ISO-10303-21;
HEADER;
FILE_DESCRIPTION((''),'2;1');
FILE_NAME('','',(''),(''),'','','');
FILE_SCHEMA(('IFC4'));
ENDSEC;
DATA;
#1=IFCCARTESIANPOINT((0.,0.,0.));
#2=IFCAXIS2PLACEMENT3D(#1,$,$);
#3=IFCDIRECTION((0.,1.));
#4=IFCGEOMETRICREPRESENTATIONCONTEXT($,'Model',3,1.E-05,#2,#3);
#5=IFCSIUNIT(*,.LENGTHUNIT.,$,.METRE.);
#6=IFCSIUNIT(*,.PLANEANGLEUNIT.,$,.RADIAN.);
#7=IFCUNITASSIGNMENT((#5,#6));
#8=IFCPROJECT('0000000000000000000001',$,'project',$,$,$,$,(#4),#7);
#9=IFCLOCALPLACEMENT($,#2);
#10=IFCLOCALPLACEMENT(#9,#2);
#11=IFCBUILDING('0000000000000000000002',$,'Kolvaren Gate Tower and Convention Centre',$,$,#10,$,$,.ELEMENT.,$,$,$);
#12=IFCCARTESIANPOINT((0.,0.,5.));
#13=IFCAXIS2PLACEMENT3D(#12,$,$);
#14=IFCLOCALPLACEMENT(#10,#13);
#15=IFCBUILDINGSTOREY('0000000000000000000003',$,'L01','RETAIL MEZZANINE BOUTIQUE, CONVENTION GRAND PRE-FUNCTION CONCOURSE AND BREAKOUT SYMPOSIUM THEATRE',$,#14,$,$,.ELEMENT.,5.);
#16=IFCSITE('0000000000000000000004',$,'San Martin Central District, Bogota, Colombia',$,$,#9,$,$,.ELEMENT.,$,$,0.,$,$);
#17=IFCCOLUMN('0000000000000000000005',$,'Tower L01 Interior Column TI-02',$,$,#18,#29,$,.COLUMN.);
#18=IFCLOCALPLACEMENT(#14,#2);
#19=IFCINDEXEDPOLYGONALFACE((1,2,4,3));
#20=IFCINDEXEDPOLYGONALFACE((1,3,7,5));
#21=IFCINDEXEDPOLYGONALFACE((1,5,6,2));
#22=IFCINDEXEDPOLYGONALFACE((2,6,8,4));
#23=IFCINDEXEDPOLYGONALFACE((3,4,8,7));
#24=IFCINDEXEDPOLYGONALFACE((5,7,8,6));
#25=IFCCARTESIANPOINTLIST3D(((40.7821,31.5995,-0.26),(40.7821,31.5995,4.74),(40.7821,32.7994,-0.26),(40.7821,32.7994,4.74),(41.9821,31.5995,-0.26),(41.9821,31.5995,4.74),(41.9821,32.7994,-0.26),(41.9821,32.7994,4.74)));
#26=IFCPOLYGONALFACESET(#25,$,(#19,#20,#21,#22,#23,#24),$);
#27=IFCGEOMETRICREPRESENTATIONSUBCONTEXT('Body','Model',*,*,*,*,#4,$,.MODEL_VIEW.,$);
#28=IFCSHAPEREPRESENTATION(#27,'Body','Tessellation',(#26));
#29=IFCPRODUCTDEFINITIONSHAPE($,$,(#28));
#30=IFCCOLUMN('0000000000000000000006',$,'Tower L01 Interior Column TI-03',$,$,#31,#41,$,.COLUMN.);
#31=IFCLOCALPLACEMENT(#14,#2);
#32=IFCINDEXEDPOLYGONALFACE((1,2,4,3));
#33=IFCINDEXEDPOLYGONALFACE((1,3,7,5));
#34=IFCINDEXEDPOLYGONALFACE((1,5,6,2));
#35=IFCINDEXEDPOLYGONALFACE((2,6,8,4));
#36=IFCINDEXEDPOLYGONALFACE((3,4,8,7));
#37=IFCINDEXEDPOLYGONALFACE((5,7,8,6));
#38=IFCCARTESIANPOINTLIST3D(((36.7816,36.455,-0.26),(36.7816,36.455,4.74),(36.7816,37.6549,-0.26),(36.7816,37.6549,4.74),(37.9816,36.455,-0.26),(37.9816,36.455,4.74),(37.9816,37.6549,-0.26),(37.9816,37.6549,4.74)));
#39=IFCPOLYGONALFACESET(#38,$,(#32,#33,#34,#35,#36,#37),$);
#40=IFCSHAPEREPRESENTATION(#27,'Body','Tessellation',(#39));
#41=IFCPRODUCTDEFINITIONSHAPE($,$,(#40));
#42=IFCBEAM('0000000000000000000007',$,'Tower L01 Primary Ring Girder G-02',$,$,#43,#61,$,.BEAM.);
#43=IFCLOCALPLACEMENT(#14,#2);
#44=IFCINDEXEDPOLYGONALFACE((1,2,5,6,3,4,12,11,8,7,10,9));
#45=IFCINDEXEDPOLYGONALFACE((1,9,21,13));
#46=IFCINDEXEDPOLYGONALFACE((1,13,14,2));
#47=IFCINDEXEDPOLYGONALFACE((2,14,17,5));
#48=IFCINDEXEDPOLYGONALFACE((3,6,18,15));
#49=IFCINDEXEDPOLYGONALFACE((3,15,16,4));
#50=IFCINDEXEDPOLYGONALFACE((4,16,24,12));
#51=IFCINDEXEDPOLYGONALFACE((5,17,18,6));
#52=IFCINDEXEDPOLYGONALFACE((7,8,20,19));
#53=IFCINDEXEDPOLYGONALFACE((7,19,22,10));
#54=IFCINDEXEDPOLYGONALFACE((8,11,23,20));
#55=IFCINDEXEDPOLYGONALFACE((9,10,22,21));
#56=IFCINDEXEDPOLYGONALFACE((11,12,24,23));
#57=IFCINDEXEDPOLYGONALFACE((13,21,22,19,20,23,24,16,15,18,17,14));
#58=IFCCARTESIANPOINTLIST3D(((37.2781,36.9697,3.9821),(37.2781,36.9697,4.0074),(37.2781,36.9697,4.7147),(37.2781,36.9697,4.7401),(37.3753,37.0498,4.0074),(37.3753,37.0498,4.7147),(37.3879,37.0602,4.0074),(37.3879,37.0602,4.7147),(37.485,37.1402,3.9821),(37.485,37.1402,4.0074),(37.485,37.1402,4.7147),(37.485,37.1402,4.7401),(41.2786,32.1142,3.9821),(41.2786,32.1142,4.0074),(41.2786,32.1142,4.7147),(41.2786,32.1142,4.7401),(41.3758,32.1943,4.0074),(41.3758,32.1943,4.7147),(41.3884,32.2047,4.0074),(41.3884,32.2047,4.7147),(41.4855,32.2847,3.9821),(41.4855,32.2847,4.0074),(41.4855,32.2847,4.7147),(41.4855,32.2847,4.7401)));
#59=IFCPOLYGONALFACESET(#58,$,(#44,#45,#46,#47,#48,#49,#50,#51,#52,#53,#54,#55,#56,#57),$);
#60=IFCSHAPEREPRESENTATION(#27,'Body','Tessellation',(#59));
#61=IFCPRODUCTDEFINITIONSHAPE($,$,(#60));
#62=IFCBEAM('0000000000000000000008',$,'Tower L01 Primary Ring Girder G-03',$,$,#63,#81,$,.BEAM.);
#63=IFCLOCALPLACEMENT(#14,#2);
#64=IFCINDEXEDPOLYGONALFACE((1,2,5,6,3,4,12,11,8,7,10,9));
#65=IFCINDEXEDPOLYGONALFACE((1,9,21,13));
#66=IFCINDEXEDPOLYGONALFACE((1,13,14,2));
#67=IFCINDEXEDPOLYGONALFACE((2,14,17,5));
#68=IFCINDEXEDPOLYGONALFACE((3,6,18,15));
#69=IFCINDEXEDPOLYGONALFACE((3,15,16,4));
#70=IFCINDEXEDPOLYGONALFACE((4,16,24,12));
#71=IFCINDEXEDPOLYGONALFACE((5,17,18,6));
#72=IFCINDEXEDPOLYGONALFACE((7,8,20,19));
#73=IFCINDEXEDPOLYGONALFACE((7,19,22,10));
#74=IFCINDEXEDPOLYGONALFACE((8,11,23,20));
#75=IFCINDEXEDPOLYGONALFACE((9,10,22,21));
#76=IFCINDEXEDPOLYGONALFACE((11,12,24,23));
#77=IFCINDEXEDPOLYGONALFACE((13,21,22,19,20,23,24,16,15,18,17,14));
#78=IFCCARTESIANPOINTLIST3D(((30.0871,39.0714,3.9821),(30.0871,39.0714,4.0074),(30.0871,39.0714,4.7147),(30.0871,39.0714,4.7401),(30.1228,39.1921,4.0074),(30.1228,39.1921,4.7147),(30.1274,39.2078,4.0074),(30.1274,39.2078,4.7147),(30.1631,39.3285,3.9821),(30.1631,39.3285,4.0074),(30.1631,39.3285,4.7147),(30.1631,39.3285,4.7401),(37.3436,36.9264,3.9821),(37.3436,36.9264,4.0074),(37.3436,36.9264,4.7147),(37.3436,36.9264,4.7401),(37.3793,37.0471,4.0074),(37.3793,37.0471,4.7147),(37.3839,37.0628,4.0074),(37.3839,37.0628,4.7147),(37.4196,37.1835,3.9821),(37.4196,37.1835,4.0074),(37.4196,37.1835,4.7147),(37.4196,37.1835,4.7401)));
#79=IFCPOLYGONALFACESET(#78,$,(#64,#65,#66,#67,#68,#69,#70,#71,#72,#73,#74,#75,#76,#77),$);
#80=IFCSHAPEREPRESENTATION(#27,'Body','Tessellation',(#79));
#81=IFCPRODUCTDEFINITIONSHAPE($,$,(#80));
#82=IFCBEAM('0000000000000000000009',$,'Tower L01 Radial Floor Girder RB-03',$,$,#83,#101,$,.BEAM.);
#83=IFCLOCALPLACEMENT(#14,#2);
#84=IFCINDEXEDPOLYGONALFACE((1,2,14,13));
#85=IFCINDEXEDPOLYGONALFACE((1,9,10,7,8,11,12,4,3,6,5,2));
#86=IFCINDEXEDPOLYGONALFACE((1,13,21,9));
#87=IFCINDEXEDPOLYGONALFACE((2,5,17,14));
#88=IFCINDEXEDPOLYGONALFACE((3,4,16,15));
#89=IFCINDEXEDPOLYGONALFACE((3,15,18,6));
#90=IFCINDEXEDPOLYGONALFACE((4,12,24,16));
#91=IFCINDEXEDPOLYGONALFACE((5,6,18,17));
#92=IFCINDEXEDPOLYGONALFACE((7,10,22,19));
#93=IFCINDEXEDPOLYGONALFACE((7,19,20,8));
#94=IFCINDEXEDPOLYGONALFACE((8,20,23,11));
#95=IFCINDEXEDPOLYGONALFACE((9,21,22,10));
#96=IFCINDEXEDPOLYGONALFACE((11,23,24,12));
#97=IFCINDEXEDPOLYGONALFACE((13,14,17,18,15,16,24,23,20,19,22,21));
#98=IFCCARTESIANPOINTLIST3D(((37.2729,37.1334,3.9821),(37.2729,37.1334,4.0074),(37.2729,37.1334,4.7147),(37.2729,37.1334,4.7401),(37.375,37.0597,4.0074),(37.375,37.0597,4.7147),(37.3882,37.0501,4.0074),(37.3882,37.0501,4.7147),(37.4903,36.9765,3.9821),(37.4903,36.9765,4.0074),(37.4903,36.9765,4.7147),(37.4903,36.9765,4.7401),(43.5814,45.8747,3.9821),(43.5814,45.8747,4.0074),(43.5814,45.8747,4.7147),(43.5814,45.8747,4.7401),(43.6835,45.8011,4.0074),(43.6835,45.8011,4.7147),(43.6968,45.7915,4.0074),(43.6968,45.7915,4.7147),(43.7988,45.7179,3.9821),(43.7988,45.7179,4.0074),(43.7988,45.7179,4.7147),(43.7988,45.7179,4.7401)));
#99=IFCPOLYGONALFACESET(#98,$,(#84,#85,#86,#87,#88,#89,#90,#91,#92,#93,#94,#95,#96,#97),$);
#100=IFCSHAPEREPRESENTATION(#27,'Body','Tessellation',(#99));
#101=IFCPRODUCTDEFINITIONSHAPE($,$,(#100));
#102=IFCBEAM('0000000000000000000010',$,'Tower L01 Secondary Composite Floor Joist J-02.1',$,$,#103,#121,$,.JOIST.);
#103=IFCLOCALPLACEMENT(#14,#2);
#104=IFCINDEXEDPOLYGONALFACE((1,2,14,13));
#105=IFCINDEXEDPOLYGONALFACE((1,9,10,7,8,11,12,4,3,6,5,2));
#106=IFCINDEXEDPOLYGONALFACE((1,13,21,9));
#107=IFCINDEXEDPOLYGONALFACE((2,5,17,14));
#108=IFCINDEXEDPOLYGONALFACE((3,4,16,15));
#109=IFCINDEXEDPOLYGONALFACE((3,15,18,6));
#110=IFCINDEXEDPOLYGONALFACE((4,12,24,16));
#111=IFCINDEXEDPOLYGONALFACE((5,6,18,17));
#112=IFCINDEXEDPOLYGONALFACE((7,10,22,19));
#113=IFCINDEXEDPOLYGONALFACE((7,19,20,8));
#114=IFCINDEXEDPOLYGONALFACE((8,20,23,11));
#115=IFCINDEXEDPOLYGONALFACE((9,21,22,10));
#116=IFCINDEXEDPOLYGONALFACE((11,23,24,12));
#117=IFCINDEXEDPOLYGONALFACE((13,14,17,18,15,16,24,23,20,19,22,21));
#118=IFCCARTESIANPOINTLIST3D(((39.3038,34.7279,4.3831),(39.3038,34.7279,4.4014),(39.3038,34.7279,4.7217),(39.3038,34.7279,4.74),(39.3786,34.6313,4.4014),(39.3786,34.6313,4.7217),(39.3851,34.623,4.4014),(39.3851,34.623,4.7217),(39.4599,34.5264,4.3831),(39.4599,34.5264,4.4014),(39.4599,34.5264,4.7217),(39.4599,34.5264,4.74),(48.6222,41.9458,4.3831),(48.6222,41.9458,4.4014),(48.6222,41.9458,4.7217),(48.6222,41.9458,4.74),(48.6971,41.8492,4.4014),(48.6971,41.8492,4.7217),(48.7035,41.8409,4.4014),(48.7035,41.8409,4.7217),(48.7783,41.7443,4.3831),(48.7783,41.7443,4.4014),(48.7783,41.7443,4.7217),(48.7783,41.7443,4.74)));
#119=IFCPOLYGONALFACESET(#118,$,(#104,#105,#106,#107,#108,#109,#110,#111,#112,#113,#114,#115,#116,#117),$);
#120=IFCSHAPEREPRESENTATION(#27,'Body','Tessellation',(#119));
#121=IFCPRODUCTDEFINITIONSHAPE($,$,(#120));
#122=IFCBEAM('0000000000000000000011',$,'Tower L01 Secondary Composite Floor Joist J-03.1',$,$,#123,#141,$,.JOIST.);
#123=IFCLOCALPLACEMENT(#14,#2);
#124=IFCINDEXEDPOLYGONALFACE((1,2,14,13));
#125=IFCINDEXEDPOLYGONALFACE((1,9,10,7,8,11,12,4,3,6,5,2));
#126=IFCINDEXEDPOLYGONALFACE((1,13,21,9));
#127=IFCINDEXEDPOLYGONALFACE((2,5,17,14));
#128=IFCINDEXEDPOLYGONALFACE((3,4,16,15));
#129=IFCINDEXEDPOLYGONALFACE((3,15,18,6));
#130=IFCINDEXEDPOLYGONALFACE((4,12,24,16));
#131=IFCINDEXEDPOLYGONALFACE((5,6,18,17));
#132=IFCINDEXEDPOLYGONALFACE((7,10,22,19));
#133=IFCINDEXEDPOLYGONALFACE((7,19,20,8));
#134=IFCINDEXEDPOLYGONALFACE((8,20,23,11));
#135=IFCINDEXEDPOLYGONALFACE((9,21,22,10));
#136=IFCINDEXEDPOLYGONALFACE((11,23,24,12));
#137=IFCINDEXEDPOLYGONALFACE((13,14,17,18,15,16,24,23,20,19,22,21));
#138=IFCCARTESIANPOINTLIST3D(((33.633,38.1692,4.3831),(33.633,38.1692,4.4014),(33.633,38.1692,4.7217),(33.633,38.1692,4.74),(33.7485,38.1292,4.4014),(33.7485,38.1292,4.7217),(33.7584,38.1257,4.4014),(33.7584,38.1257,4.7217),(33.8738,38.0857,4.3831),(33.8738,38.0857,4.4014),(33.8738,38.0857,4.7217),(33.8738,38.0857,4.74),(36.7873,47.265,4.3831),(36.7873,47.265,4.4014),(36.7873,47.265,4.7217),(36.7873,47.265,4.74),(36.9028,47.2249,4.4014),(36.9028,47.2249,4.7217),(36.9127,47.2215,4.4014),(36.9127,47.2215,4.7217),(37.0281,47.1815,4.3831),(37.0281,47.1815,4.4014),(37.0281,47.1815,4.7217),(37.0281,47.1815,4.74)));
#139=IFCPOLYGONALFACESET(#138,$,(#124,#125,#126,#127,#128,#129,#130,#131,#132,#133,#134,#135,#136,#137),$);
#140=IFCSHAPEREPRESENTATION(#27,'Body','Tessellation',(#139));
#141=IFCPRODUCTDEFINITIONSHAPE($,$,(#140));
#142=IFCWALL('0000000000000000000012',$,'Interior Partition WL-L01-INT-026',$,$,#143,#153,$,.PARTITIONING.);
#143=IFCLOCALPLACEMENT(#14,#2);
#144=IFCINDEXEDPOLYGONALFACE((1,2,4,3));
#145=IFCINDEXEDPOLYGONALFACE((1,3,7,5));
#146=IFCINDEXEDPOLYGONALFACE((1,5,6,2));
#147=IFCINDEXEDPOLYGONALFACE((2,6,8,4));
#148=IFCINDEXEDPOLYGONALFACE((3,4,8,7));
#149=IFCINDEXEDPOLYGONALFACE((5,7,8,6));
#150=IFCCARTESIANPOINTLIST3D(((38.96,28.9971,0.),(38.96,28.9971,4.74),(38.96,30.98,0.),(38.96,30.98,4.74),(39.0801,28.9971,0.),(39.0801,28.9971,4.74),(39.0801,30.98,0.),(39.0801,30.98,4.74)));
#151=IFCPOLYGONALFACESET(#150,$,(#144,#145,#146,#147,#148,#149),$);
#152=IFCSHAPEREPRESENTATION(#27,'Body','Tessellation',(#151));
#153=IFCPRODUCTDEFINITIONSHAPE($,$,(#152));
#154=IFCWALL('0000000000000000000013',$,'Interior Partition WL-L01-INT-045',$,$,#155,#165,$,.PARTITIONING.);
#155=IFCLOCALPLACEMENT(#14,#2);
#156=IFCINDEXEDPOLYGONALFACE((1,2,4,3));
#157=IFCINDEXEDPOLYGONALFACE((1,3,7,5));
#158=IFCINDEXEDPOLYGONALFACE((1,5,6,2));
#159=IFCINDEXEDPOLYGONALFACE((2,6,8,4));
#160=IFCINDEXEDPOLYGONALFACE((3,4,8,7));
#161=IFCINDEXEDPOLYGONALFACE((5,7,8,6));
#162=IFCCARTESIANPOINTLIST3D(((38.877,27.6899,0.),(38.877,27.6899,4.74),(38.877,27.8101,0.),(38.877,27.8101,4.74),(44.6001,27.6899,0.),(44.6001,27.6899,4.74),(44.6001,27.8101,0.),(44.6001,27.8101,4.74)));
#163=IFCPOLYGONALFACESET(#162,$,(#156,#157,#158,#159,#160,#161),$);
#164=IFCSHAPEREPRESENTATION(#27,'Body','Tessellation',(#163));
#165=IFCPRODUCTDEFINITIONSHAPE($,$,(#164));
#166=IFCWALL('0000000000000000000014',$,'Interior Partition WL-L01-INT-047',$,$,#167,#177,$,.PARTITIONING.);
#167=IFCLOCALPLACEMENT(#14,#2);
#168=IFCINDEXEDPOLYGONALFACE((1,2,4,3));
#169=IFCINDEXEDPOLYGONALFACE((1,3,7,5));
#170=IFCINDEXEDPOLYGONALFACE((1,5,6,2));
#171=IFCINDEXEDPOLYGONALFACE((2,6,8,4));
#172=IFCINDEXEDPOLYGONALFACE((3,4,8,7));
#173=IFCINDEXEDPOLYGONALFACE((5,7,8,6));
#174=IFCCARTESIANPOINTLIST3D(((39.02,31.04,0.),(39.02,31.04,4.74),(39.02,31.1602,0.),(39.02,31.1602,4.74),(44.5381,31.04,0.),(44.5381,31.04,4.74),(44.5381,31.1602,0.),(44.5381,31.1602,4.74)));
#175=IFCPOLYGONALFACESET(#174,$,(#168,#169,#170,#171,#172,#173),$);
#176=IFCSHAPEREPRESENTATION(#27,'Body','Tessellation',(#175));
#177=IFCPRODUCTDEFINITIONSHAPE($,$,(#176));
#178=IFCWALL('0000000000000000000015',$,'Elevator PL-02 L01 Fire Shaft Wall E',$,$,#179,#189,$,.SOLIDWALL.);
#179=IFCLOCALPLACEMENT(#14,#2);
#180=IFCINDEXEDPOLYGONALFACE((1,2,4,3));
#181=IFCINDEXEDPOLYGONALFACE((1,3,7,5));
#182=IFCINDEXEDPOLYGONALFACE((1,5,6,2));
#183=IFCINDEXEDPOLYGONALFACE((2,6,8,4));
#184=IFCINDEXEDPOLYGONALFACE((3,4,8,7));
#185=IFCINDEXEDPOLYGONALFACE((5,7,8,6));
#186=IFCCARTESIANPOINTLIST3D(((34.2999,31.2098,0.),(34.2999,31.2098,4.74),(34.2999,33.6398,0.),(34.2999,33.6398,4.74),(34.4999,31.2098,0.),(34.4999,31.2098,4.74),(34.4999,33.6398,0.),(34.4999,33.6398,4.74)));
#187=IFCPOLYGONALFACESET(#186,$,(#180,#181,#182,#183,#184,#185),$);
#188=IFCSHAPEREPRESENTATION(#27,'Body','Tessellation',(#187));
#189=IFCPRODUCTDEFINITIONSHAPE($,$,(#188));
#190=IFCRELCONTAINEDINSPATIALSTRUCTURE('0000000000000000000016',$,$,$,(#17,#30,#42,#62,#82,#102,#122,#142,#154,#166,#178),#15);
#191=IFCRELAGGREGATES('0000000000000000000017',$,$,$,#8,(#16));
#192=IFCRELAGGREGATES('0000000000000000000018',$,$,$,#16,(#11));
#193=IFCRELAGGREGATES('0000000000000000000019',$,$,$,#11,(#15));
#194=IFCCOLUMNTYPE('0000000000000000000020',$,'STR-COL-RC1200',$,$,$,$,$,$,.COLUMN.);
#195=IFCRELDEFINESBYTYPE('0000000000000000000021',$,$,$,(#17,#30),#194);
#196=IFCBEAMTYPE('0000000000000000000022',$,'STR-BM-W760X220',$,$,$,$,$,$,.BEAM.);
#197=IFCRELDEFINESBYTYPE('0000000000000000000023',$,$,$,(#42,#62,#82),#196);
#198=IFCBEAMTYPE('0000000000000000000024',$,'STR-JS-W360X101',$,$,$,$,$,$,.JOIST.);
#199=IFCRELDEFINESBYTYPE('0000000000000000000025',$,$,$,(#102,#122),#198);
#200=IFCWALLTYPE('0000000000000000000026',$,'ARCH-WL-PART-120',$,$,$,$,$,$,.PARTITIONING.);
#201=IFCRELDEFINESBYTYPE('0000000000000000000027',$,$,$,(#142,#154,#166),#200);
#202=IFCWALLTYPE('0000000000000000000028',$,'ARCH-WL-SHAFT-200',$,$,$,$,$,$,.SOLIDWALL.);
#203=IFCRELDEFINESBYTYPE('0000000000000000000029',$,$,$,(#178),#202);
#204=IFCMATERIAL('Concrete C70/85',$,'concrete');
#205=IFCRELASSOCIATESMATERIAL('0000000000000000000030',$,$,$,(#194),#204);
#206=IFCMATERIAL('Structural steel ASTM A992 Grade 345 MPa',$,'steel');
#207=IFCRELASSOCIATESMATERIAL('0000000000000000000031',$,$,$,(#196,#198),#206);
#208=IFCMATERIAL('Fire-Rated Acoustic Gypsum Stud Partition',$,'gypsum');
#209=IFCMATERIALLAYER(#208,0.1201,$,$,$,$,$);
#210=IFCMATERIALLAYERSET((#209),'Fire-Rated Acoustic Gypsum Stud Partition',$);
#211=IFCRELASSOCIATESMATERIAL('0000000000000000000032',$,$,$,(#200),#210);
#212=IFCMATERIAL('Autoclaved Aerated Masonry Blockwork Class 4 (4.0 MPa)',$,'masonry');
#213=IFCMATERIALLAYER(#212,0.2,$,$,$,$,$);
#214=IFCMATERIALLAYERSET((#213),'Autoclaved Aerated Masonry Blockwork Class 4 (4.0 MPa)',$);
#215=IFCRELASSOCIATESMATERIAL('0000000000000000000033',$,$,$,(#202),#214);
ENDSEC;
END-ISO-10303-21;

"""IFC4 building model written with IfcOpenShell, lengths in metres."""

from ifc_helpers import new_model, si_unit, direction, frame, frame_2d, origin, origin_2d, place, context, subcontext, project, spatial, rectangle, i_section, extrude, material, layer, layer_set, material_profile, profile_set, type_object, element, save


model = new_model("IFC4")

# Units and contexts
model_context = context("Model", 3, precision=1e-05, world=origin(), true_north=direction((0.0, 1.0)))
body_context = subcontext(model_context, "Body", "Model", "MODEL_VIEW")
ifc_project = project(units=[si_unit("LENGTHUNIT", "METRE"), si_unit("PLANEANGLEUNIT", "RADIAN")], contexts=[model_context])

# Site, building, storey
site_placement = place(None, origin())
site = spatial("IfcSite", under=ifc_project, at=site_placement, Name="San Martin Central District, Bogota, Colombia", CompositionType="ELEMENT", RefElevation=0.0)
building_placement = place(site_placement, origin())
building = spatial("IfcBuilding", under=site, at=building_placement, Name="Kolvaren Gate Tower and Convention Centre", CompositionType="ELEMENT")
storey_placement = place(building_placement, frame((0.0, 0.0, 5.0)))
storey = spatial("IfcBuildingStorey", under=building, at=storey_placement, Name="L01", Description="RETAIL MEZZANINE BOUTIQUE, CONVENTION GRAND PRE-FUNCTION CONCOURSE AND BREAKOUT SYMPOSIUM THEATRE", CompositionType="ELEMENT", Elevation=5.0)

# Columns
ifc_material_1 = material(Name="Concrete C70/85", Category="concrete")
ifc_material_profile_1 = material_profile(ifc_material_1, rectangle(XDim=1.2, YDim=1.2, at=origin_2d()), Name="RC-COL-1200X1200")
ifc_profile_set_1 = profile_set([ifc_material_profile_1], Name="Concrete C70/85")
column_type = type_object("IfcColumnType", Name="STR-COL-RC1200", PredefinedType="COLUMN", material=ifc_profile_set_1)
for number, where, z_axis, x_axis, name in (
    (1, (41.3821, 32.1995, -0.26), (0.0, 0.0, 1.0), (1.0, 0.0, 0.0), "Tower L01 Interior Column TI-02"),
    (2, (37.3816, 37.0549, -0.26), (0.0, 0.0, 1.0), (1.0, 0.0, 0.0), "Tower L01 Interior Column TI-03"),
):
    element("IfcColumn", number, at=place(storey_placement, frame(where, z_axis=z_axis, x_axis=x_axis)), inside=storey, type_object=column_type, Name=name, PredefinedType="COLUMN", context=body_context, shape_type="SweptSolid", body=[
        extrude(rectangle(XDim=1.2, YDim=1.2, at=origin_2d()), origin(), (0.0, 0.0, 1.0), 5.0),
    ])

# Beams
ifc_material_2 = material(Name="Structural steel ASTM A992 Grade 345 MPa", Category="steel")
ifc_material_profile_2 = material_profile(ifc_material_2, i_section(OverallWidth=0.2681, OverallDepth=0.7581, WebThickness=0.0164, FlangeThickness=0.0254, at=origin_2d()), Name="W760X220")
ifc_profile_set_2 = profile_set([ifc_material_profile_2], Name="Structural steel ASTM A992 Grade 345 MPa")
beam_type_1 = type_object("IfcBeamType", Name="STR-BM-W760X220", PredefinedType="BEAM", material=ifc_profile_set_2)
beam_1_placement = place(storey_placement, frame((41.3821, 32.1995, 4.3611), z_axis=(-0.635884, 0.771785, 0.0), x_axis=(-0.771785, -0.635884, 0.0)))
element("IfcBeam", 3, at=beam_1_placement, inside=storey, type_object=beam_type_1, Name="Tower L01 Primary Ring Girder G-02", PredefinedType="BEAM", context=body_context, shape_type="SweptSolid", body=[
    extrude(i_section(OverallWidth=0.2681, OverallDepth=0.7581, WebThickness=0.0164, FlangeThickness=0.0254, at=origin_2d()), origin(), (0.0, 0.0, 1.0), 6.2913),
])
beam_2_placement = place(storey_placement, frame((37.3816, 37.0549, 4.3611), z_axis=(-0.958981, 0.283471, 0.0), x_axis=(-0.283471, -0.958981, 0.0)))
element("IfcBeam", 4, at=beam_2_placement, inside=storey, type_object=beam_type_1, Name="Tower L01 Primary Ring Girder G-03", PredefinedType="BEAM", context=body_context, shape_type="SweptSolid", body=[
    extrude(i_section(OverallWidth=0.2681, OverallDepth=0.7581, WebThickness=0.0164, FlangeThickness=0.0254, at=origin_2d()), origin(), (0.0, 0.0, 1.0), 7.5669),
])
beam_3_placement = place(storey_placement, frame((37.3816, 37.0549, 4.3611), z_axis=(0.585205, 0.810885, 0.0), x_axis=(-0.810885, 0.585205, 0.0)))
element("IfcBeam", 5, at=beam_3_placement, inside=storey, type_object=beam_type_1, Name="Tower L01 Radial Floor Girder RB-03", PredefinedType="BEAM", context=body_context, shape_type="SweptSolid", body=[
    extrude(i_section(OverallWidth=0.2681, OverallDepth=0.7581, WebThickness=0.0164, FlangeThickness=0.0254, at=origin_2d()), origin(), (0.0, 0.0, 1.0), 10.78),
])
ifc_material_profile_3 = material_profile(ifc_material_2, i_section(OverallWidth=0.2549, OverallDepth=0.3569, WebThickness=0.0105, FlangeThickness=0.0183, at=origin_2d()), Name="W360X101")
ifc_profile_set_3 = profile_set([ifc_material_profile_3], Name="Structural steel ASTM A992 Grade 345 MPa")
beam_type_2 = type_object("IfcBeamType", Name="STR-JS-W360X101", PredefinedType="JOIST", material=ifc_profile_set_3)
beam_4_placement = place(storey_placement, frame((39.3818, 34.6272, 4.5615), z_axis=(0.790577, 0.612362, 0.0), x_axis=(-0.612362, 0.790577, 0.0)))
element("IfcBeam", 6, at=beam_4_placement, inside=storey, type_object=beam_type_2, Name="Tower L01 Secondary Composite Floor Joist J-02.1", PredefinedType="JOIST", context=body_context, shape_type="SweptSolid", body=[
    extrude(i_section(OverallWidth=0.2549, OverallDepth=0.3569, WebThickness=0.0105, FlangeThickness=0.0183, at=origin_2d()), origin(), (0.0, 0.0, 1.0), 11.7869),
])
beam_5_placement = place(storey_placement, frame((33.7534, 38.1274, 4.5615), z_axis=(0.327647, 0.9448, 0.0), x_axis=(-0.9448, 0.327647, 0.0)))
element("IfcBeam", 7, at=beam_5_placement, inside=storey, type_object=beam_type_2, Name="Tower L01 Secondary Composite Floor Joist J-03.1", PredefinedType="JOIST", context=body_context, shape_type="SweptSolid", body=[
    extrude(i_section(OverallWidth=0.2549, OverallDepth=0.3569, WebThickness=0.0105, FlangeThickness=0.0183, at=origin_2d()), origin(), (0.0, 0.0, 1.0), 9.6272),
])

# Walls
ifc_material_3 = material(Name="Fire-Rated Acoustic Gypsum Stud Partition", Category="gypsum")
ifc_layer_1 = layer(ifc_material_3, 0.1201)
ifc_layer_set_1 = layer_set([ifc_layer_1], Name="Fire-Rated Acoustic Gypsum Stud Partition")
wall_type_1 = type_object("IfcWallType", Name="ARCH-WL-PART-120", PredefinedType="PARTITIONING", material=ifc_layer_set_1)
wall_1_placement = place(storey_placement, frame((39.02, 28.9971, 0.0), z_axis=(0.0, 0.0, 1.0), x_axis=(0.0, 1.0, 0.0)))
element("IfcWall", 8, at=wall_1_placement, inside=storey, type_object=wall_type_1, Name="Interior Partition WL-L01-INT-026", PredefinedType="PARTITIONING", context=body_context, shape_type="SweptSolid", body=[
    extrude(rectangle(XDim=1.9829, YDim=0.1201, at=frame_2d((0.9915, 0.0))), origin(), (0.0, 0.0, 1.0), 4.74),
])
wall_2_placement = place(storey_placement, frame((38.877, 27.75, 0.0), z_axis=(0.0, 0.0, 1.0), x_axis=(1.0, 0.0, 0.0)))
element("IfcWall", 9, at=wall_2_placement, inside=storey, type_object=wall_type_1, Name="Interior Partition WL-L01-INT-045", PredefinedType="PARTITIONING", context=body_context, shape_type="SweptSolid", body=[
    extrude(rectangle(XDim=5.7231, YDim=0.1201, at=frame_2d((2.8616, 0.0))), origin(), (0.0, 0.0, 1.0), 4.74),
])
wall_3_placement = place(storey_placement, frame((39.02, 31.1001, 0.0), z_axis=(0.0, 0.0, 1.0), x_axis=(1.0, 0.0, 0.0)))
element("IfcWall", 10, at=wall_3_placement, inside=storey, type_object=wall_type_1, Name="Interior Partition WL-L01-INT-047", PredefinedType="PARTITIONING", context=body_context, shape_type="SweptSolid", body=[
    extrude(rectangle(XDim=5.5181, YDim=0.1201, at=frame_2d((2.759, 0.0))), origin(), (0.0, 0.0, 1.0), 4.74),
])
ifc_material_4 = material(Name="Autoclaved Aerated Masonry Blockwork Class 4 (4.0 MPa)", Category="masonry")
ifc_layer_2 = layer(ifc_material_4, 0.2)
ifc_layer_set_2 = layer_set([ifc_layer_2], Name="Autoclaved Aerated Masonry Blockwork Class 4 (4.0 MPa)")
wall_type_2 = type_object("IfcWallType", Name="ARCH-WL-SHAFT-200", PredefinedType="SOLIDWALL", material=ifc_layer_set_2)
wall_4_placement = place(storey_placement, frame((34.3999, 31.21, 0.0), z_axis=(0.0, 0.0, 1.0), x_axis=(0.0, 1.0, 0.0)))
element("IfcWall", 11, at=wall_4_placement, inside=storey, type_object=wall_type_2, Name="Elevator PL-02 L01 Fire Shaft Wall E", PredefinedType="SOLIDWALL", context=body_context, shape_type="SweptSolid", body=[
    extrude(rectangle(XDim=2.4299, YDim=0.2, at=frame_2d((1.2148, 0.0))), origin(), (0.0, 0.0, 1.0), 4.74),
])

save(model, "model.ifc")
